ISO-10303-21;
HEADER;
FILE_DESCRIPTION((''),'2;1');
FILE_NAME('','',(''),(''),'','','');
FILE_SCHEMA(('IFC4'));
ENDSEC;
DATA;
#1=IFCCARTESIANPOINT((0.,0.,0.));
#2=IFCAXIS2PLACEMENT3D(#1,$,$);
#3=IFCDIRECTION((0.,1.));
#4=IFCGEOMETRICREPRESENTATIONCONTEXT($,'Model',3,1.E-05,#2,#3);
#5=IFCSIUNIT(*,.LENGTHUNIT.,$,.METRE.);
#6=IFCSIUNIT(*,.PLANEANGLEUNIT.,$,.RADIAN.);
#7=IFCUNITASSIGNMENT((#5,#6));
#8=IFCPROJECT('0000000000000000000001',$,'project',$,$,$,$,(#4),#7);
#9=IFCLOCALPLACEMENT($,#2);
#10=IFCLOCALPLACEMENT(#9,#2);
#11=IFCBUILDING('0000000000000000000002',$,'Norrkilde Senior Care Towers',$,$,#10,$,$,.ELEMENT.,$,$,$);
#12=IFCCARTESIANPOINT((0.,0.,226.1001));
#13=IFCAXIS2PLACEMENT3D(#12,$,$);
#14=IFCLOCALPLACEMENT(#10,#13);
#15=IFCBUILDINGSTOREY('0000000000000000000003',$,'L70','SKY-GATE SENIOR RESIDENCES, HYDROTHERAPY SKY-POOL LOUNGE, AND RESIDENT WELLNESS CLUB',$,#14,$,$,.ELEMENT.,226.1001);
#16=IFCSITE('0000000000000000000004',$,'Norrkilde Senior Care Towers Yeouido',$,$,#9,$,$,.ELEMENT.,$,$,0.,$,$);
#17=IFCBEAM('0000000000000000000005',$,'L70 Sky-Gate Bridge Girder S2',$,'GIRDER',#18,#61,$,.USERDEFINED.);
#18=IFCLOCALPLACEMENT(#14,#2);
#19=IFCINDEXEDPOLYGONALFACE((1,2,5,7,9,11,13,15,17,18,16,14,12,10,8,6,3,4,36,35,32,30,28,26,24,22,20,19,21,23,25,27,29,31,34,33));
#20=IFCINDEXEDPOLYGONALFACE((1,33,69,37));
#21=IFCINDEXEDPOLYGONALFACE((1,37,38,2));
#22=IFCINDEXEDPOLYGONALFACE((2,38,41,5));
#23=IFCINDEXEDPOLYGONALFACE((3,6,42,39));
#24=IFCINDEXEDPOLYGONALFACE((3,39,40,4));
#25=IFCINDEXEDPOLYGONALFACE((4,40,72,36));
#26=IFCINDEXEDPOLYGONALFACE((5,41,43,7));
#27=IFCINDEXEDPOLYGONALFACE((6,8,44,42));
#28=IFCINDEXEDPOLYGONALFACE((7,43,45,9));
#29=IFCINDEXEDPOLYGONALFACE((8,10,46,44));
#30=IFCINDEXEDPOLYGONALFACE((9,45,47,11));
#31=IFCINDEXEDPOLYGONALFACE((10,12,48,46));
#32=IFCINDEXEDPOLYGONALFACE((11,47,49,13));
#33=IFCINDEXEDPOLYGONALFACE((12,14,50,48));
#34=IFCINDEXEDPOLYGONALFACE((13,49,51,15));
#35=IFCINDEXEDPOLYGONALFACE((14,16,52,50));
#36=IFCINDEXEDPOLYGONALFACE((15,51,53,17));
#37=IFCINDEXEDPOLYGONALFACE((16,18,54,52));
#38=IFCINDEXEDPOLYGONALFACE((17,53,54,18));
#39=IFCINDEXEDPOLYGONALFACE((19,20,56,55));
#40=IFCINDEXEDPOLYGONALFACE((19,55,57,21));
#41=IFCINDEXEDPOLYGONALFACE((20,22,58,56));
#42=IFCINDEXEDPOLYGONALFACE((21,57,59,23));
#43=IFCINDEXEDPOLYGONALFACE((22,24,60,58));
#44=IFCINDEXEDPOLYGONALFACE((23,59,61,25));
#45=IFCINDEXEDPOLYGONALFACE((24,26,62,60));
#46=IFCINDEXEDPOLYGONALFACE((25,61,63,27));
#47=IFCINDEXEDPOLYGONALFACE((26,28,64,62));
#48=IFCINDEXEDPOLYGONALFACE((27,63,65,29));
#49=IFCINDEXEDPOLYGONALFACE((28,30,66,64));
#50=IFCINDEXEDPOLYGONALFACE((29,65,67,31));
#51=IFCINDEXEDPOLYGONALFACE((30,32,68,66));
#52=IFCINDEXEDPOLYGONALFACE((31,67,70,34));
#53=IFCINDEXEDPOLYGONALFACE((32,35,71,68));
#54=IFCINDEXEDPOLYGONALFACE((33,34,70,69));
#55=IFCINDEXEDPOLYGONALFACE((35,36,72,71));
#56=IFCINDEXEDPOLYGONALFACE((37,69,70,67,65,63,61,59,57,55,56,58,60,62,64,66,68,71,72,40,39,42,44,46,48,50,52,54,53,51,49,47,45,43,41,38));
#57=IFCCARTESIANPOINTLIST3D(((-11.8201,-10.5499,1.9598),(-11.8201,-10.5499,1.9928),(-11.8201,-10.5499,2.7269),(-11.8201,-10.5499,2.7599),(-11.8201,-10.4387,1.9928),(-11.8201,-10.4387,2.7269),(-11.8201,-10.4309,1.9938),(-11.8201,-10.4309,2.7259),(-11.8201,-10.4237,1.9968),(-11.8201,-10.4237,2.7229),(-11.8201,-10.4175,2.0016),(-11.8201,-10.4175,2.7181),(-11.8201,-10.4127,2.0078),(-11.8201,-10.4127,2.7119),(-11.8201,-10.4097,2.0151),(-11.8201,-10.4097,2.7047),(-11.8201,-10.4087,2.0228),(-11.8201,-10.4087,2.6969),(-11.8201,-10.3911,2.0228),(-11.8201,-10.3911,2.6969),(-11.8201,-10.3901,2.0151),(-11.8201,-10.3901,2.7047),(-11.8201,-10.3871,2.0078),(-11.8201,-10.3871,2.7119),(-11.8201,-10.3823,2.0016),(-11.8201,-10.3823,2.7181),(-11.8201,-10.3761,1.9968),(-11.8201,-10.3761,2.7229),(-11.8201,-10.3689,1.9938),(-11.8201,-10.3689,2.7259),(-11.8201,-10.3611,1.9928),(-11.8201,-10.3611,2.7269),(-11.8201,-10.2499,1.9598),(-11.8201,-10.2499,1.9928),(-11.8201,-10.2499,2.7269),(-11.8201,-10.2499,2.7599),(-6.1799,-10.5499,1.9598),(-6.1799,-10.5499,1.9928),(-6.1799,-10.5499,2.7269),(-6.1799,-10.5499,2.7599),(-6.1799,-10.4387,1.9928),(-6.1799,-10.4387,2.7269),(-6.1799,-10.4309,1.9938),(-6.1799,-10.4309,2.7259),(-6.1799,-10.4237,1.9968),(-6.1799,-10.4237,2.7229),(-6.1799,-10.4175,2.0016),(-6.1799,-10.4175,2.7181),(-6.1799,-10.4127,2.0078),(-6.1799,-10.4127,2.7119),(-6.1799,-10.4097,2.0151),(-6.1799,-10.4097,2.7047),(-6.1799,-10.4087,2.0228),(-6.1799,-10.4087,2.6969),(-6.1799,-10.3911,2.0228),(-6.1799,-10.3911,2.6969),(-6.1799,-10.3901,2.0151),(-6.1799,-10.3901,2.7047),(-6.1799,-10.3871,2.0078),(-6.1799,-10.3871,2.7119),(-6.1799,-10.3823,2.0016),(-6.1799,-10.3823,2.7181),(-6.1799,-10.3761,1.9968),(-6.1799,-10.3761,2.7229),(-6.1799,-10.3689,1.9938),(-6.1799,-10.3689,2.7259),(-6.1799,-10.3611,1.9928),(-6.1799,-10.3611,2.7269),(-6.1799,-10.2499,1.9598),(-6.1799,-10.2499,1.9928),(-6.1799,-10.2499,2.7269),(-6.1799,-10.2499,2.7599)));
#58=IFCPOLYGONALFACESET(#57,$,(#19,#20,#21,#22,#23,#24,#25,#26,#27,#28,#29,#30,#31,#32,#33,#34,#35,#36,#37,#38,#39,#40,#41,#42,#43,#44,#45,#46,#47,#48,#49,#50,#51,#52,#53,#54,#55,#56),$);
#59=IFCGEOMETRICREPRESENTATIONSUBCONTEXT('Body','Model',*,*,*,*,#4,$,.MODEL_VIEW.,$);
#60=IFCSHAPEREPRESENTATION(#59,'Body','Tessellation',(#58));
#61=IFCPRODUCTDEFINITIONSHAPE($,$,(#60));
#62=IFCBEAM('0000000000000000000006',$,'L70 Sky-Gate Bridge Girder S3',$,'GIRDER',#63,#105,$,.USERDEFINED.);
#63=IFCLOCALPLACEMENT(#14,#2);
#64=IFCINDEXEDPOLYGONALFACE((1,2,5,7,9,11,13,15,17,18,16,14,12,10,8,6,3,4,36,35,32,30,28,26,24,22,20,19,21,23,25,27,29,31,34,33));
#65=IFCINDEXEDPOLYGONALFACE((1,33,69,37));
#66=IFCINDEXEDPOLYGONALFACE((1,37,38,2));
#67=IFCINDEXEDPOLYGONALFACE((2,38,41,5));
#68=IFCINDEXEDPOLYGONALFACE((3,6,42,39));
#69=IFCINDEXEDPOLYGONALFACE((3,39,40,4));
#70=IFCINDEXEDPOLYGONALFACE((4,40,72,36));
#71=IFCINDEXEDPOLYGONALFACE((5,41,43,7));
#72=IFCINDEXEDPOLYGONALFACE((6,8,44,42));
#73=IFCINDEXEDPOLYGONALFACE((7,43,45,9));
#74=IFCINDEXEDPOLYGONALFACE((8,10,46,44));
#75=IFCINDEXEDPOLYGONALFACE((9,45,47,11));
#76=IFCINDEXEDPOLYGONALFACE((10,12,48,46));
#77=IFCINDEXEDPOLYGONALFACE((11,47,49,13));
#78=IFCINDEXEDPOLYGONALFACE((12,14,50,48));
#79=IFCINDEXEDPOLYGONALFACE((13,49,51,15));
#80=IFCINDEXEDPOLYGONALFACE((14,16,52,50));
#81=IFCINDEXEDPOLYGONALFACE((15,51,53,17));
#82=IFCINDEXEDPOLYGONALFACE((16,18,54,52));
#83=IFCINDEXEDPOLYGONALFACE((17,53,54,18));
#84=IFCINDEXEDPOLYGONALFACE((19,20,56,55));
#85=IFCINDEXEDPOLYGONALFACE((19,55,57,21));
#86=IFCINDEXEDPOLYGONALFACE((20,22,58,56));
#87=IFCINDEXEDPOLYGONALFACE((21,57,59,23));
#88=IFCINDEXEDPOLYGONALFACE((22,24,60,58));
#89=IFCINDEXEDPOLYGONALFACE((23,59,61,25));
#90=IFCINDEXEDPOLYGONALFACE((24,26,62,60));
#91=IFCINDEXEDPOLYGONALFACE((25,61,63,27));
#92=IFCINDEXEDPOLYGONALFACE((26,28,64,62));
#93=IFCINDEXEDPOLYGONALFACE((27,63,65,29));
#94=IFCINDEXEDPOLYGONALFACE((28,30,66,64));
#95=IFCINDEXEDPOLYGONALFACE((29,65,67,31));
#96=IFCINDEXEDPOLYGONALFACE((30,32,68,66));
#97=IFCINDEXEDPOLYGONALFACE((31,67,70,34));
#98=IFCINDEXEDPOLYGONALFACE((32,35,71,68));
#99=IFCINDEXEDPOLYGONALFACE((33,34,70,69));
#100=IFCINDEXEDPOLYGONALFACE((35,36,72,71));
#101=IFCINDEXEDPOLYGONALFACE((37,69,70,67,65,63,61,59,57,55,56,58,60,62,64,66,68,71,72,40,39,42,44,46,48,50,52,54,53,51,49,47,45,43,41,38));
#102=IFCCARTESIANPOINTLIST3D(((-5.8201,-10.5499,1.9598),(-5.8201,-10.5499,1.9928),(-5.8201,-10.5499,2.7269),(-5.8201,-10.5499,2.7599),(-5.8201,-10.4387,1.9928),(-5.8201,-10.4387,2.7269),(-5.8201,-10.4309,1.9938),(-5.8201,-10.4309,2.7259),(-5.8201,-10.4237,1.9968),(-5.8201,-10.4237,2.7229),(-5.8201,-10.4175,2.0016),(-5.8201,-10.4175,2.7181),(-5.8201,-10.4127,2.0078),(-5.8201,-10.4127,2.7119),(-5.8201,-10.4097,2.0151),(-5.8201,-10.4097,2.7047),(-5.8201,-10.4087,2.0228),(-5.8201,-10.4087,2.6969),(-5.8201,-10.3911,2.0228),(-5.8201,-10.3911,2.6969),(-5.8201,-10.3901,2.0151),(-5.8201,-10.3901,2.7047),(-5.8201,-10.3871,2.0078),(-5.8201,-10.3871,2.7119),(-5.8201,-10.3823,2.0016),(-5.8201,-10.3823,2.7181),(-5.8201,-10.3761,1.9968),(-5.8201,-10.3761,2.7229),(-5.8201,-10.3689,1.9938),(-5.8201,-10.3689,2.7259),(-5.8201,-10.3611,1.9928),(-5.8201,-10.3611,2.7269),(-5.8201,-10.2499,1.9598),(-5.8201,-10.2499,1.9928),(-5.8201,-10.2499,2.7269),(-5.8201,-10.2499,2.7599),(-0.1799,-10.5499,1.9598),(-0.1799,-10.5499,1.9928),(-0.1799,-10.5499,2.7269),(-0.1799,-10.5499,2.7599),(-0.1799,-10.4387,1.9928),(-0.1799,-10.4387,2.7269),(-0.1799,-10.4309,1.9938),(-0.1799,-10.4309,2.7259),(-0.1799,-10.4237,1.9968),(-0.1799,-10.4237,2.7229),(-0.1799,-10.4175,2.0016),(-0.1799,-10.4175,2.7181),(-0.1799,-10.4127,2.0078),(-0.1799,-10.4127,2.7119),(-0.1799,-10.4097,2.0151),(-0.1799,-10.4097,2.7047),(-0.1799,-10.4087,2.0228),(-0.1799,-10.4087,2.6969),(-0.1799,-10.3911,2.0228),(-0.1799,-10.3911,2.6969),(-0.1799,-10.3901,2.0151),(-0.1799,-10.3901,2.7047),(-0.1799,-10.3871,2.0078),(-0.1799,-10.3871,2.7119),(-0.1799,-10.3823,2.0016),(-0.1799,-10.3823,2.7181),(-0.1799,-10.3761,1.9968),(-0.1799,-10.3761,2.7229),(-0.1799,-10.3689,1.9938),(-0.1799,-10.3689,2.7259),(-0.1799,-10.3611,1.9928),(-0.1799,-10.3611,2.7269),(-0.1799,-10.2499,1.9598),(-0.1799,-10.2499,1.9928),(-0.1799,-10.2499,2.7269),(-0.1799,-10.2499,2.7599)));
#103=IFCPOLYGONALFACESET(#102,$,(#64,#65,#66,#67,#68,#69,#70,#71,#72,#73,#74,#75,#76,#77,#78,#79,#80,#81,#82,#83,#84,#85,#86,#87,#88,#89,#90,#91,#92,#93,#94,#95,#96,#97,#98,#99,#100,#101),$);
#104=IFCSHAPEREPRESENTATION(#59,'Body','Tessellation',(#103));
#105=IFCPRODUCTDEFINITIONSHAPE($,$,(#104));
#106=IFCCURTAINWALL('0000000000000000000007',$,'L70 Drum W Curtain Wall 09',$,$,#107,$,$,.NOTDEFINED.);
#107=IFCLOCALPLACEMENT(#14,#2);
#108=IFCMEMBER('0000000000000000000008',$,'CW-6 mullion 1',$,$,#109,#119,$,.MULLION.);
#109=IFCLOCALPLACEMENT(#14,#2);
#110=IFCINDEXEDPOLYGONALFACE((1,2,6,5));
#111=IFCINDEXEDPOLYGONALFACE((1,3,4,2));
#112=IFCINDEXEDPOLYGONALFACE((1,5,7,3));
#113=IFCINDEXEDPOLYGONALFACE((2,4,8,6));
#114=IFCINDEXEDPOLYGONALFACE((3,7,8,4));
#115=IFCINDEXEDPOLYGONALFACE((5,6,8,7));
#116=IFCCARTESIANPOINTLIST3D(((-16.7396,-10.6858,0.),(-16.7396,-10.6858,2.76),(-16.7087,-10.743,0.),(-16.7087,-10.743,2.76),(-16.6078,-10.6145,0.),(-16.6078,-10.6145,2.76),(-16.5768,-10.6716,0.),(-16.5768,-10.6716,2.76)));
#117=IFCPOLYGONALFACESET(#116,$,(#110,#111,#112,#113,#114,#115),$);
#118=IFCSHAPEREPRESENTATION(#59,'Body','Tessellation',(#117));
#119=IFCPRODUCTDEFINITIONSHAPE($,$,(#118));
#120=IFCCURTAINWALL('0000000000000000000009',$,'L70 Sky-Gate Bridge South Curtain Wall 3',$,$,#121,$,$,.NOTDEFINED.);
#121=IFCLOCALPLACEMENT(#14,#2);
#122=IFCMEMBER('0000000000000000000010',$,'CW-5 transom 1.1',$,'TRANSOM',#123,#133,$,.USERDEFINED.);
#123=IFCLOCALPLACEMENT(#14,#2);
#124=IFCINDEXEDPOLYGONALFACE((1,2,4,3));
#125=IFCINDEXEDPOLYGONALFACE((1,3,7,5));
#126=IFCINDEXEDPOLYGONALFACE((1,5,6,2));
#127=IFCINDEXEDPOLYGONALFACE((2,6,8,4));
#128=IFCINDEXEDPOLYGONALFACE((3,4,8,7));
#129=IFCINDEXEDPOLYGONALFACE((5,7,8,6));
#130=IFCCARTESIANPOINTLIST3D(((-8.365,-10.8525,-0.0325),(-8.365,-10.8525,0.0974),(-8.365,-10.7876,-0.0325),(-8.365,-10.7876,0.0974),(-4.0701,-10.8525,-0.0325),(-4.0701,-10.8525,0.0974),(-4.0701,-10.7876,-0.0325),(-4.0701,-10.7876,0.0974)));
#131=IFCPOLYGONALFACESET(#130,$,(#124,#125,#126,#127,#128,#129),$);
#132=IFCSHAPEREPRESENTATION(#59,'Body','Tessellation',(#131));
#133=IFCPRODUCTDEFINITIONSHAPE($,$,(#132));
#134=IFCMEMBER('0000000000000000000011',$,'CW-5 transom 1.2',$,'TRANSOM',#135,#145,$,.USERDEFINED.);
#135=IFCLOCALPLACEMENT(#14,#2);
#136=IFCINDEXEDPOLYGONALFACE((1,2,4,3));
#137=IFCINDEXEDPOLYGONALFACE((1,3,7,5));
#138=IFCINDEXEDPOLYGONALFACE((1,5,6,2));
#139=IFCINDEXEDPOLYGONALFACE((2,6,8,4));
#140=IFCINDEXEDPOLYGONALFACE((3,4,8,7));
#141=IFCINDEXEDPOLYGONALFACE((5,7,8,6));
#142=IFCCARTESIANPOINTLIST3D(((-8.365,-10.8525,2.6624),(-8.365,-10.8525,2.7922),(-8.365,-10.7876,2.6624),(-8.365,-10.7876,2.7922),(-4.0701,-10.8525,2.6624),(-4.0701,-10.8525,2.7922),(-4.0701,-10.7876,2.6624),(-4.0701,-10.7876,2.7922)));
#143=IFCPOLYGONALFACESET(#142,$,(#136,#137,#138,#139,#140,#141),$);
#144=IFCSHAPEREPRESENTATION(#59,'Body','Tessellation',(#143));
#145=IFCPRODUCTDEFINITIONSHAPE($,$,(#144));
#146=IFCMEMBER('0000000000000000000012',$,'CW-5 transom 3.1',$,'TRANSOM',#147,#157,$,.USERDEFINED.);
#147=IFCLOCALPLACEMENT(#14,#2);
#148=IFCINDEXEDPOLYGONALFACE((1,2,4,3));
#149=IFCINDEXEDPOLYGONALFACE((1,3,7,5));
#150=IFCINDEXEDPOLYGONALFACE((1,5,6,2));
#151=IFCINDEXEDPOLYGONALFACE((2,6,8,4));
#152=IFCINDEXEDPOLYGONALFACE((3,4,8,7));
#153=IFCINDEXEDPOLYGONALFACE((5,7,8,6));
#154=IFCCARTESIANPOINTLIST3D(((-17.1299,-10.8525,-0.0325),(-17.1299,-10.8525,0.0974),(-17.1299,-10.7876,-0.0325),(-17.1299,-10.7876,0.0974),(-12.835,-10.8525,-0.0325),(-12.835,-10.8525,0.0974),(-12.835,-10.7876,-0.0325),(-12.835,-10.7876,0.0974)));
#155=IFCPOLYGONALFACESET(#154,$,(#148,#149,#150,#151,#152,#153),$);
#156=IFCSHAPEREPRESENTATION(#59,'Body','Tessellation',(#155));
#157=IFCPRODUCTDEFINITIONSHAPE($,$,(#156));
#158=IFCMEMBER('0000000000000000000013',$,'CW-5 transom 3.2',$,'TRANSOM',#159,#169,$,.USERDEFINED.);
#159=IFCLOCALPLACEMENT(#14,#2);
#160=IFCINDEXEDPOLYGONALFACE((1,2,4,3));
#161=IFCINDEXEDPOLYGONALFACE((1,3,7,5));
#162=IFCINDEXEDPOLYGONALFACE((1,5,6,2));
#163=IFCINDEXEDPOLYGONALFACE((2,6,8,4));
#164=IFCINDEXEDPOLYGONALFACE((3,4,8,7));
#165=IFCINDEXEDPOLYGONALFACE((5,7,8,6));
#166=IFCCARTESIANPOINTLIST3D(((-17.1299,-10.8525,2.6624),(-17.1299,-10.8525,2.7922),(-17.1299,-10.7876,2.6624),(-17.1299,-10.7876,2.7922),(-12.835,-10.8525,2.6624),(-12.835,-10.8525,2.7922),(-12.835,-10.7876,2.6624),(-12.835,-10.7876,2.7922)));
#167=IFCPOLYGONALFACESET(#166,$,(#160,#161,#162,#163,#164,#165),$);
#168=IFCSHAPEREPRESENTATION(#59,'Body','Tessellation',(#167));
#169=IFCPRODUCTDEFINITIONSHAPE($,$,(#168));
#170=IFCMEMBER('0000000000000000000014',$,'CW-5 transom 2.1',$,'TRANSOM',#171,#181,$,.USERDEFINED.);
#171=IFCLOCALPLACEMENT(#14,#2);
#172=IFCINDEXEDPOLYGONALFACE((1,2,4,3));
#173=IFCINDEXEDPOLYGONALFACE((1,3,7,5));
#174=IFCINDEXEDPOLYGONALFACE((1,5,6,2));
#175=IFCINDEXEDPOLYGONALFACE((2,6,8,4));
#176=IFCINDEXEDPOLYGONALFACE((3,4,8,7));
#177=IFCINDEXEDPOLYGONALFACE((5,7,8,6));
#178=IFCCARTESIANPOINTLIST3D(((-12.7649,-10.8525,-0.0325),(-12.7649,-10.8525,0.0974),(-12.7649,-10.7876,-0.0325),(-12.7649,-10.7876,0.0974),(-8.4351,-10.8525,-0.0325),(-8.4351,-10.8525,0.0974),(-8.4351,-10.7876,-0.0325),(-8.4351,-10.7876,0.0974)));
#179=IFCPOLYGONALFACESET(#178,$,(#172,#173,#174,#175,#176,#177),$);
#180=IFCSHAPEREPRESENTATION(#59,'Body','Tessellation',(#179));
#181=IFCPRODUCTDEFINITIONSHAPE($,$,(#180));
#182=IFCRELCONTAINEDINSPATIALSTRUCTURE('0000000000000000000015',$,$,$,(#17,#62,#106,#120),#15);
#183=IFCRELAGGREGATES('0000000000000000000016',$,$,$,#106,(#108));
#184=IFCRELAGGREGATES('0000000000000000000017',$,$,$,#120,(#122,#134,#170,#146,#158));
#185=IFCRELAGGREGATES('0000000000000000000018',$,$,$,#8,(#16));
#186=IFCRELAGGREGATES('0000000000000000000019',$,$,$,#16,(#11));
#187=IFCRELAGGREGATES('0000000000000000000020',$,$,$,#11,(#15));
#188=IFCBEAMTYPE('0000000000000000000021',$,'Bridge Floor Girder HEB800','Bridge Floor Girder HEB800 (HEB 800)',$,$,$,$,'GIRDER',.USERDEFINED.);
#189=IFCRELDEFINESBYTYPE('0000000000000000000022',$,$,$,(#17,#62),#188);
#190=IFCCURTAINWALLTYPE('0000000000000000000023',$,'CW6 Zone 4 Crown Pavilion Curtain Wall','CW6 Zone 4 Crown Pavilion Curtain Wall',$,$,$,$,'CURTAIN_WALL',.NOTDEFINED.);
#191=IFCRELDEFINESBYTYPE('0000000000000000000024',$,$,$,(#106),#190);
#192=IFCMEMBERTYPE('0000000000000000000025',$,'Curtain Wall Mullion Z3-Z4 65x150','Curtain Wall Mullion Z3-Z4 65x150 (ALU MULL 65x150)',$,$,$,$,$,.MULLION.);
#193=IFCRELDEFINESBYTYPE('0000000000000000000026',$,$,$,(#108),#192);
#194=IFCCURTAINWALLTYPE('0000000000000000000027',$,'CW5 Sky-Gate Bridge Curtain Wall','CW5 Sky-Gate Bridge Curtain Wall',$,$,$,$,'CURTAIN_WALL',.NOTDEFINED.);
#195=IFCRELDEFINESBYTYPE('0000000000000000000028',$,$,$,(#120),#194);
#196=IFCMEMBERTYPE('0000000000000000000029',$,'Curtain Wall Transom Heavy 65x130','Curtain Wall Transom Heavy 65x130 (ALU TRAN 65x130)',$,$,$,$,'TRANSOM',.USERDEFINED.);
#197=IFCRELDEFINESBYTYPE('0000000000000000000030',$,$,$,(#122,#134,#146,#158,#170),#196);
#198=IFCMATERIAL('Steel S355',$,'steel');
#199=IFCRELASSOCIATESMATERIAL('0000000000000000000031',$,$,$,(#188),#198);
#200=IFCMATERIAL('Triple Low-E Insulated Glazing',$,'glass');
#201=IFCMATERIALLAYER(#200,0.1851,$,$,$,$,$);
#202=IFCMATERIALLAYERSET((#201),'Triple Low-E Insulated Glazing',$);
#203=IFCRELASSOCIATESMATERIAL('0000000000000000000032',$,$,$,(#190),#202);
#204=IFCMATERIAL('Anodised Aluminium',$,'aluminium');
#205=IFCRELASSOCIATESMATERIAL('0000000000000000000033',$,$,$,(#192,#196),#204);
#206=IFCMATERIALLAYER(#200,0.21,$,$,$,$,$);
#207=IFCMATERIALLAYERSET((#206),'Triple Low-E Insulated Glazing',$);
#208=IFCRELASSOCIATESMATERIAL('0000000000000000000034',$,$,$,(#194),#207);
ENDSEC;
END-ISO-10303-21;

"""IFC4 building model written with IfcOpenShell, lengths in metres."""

from ifc_helpers import new_model, si_unit, direction, frame, origin, origin_2d, place, context, subcontext, project, spatial, rectangle, i_section, extrude, source, transform, mapped, material, layer, layer_set, material_profile, profile_set, type_object, type_shapes, element, aggregate, save


model = new_model("IFC4")

# Units and contexts
model_context = context("Model", 3, precision=1e-05, world=origin(), true_north=direction((0.0, 1.0)))
body_context = subcontext(model_context, "Body", "Model", "MODEL_VIEW")
ifc_project = project(units=[si_unit("LENGTHUNIT", "METRE"), si_unit("PLANEANGLEUNIT", "RADIAN")], contexts=[model_context])

# Site, building, storey
site_placement = place(None, origin())
site = spatial("IfcSite", under=ifc_project, at=site_placement, Name="Norrkilde Senior Care Towers Yeouido", CompositionType="ELEMENT", RefElevation=0.0)
building_placement = place(site_placement, origin())
building = spatial("IfcBuilding", under=site, at=building_placement, Name="Norrkilde Senior Care Towers", CompositionType="ELEMENT")
storey_placement = place(building_placement, frame((0.0, 0.0, 226.1001)))
storey = spatial("IfcBuildingStorey", under=building, at=storey_placement, Name="L70", Description="SKY-GATE SENIOR RESIDENCES, HYDROTHERAPY SKY-POOL LOUNGE, AND RESIDENT WELLNESS CLUB", CompositionType="ELEMENT", Elevation=226.1001)

# Shared definitions
ifc_material_1 = material(Name="Steel S355", Category="steel")

# Beams
ifc_material_profile_1 = material_profile(ifc_material_1, i_section(OverallWidth=0.3, OverallDepth=0.8, WebThickness=0.0176, FlangeThickness=0.033, FilletRadius=0.03, at=origin_2d()), Name="HEB 800")
ifc_profile_set_1 = profile_set([ifc_material_profile_1], Name="Steel S355")
beam_type_1 = type_object("IfcBeamType", Name="Bridge Floor Girder HEB800", Description="Bridge Floor Girder HEB800 (HEB 800)", ElementType="GIRDER", PredefinedType="USERDEFINED", material=ifc_profile_set_1)
shared_shape_1 = source(origin(), body_context, "Body", "SweptSolid", [
    extrude(i_section(OverallWidth=0.3, OverallDepth=0.8, WebThickness=0.0176, FlangeThickness=0.033, FilletRadius=0.03, at=origin_2d()), origin(), (0.0, 0.0, 1.0), 5.6401),
])
type_shapes(beam_type_1, [shared_shape_1])
for number, where, z_axis, x_axis, name in (
    (1, (-11.8201, -10.3999, 2.3599), (1.0, 0.0, 0.0), (0.0, 1.0, 0.0), "L70 Sky-Gate Bridge Girder S2"),
    (2, (-5.8201, -10.3999, 2.3599), (1.0, 0.0, 0.0), (0.0, 1.0, 0.0), "L70 Sky-Gate Bridge Girder S3"),
):
    element("IfcBeam", number, at=place(storey_placement, frame(where, z_axis=z_axis, x_axis=x_axis)), inside=storey, type_object=beam_type_1, Name=name, ObjectType="GIRDER", PredefinedType="USERDEFINED", context=body_context, shape_type="MappedRepresentation", body=[
        mapped(shared_shape_1, transform((0.0, 0.0, 0.0), x_axis=(1.0, 0.0, 0.0), y_axis=(0.0, 1.0, 0.0), z_axis=(0.0, 0.0, 1.0), scale=1.0)),
    ])

# Curtain wall, member
ifc_material_2 = material(Name="Triple Low-E Insulated Glazing", Category="glass")
ifc_layer_1 = layer(ifc_material_2, 0.1851)
ifc_layer_set_1 = layer_set([ifc_layer_1], Name="Triple Low-E Insulated Glazing")
curtain_wall_type_1 = type_object("IfcCurtainWallType", Name="CW6 Zone 4 Crown Pavilion Curtain Wall", Description="CW6 Zone 4 Crown Pavilion Curtain Wall", ElementType="CURTAIN_WALL", PredefinedType="NOTDEFINED", material=ifc_layer_set_1)
curtain_wall_1_placement = place(storey_placement, origin())
curtain_wall_1 = element("IfcCurtainWall", 3, at=curtain_wall_1_placement, inside=storey, type_object=curtain_wall_type_1, Name="L70 Drum W Curtain Wall 09", PredefinedType="NOTDEFINED")
ifc_material_3 = material(Name="Anodised Aluminium", Category="aluminium")
ifc_material_profile_2 = material_profile(ifc_material_3, rectangle(XDim=0.0649, YDim=0.1499, at=origin_2d()), Name="ALU MULL 65x150")
ifc_profile_set_2 = profile_set([ifc_material_profile_2], Name="Anodised Aluminium")
member_type_1 = type_object("IfcMemberType", Name="Curtain Wall Mullion Z3-Z4 65x150", Description="Curtain Wall Mullion Z3-Z4 65x150 (ALU MULL 65x150)", PredefinedType="MULLION", material=ifc_profile_set_2)
shared_shape_2 = source(origin(), body_context, "Body", "SweptSolid", [
    extrude(rectangle(XDim=0.0649, YDim=0.1499, at=origin_2d()), origin(), (0.0, 0.0, 1.0), 2.76),
])
type_shapes(member_type_1, [shared_shape_2])
member_1_placement = place(storey_placement, frame((-16.6582, -10.6787, 0.0), z_axis=(0.0, 0.0, 1.0), x_axis=(0.476133, -0.879373, 0.0)))
member_1 = element("IfcMember", 4, at=member_1_placement, type_object=member_type_1, Name="CW-6 mullion 1", PredefinedType="MULLION", context=body_context, shape_type="MappedRepresentation", body=[
    mapped(shared_shape_2, transform((0.0, 0.0, 0.0), x_axis=(1.0, 0.0, 0.0), y_axis=(0.0, 1.0, 0.0), z_axis=(0.0, 0.0, 1.0), scale=1.0)),
])
aggregate(curtain_wall_1, [member_1])

# Curtain wall, members
ifc_layer_2 = layer(ifc_material_2, 0.21)
ifc_layer_set_2 = layer_set([ifc_layer_2], Name="Triple Low-E Insulated Glazing")
curtain_wall_type_2 = type_object("IfcCurtainWallType", Name="CW5 Sky-Gate Bridge Curtain Wall", Description="CW5 Sky-Gate Bridge Curtain Wall", ElementType="CURTAIN_WALL", PredefinedType="NOTDEFINED", material=ifc_layer_set_2)
curtain_wall_2_placement = place(storey_placement, origin())
curtain_wall_2 = element("IfcCurtainWall", 5, at=curtain_wall_2_placement, inside=storey, type_object=curtain_wall_type_2, Name="L70 Sky-Gate Bridge South Curtain Wall 3", PredefinedType="NOTDEFINED")
ifc_material_profile_3 = material_profile(ifc_material_3, rectangle(XDim=0.0649, YDim=0.1299, at=origin_2d()), Name="ALU TRAN 65x130")
ifc_profile_set_3 = profile_set([ifc_material_profile_3], Name="Anodised Aluminium")
member_type_2 = type_object("IfcMemberType", Name="Curtain Wall Transom Heavy 65x130", Description="Curtain Wall Transom Heavy 65x130 (ALU TRAN 65x130)", ElementType="TRANSOM", PredefinedType="USERDEFINED", material=ifc_profile_set_3)
shared_shape_3 = source(origin(), body_context, "Body", "SweptSolid", [
    extrude(rectangle(XDim=0.0649, YDim=0.1299, at=origin_2d()), origin(), (0.0, 0.0, 1.0), 4.2949),
])
member_2_placement = place(storey_placement, frame((-4.0701, -10.8201, 0.0325), z_axis=(-1.0, 0.0, 0.0), x_axis=(0.0, -1.0, 0.0)))
member_2 = element("IfcMember", 6, at=member_2_placement, type_object=member_type_2, Name="CW-5 transom 1.1", ObjectType="TRANSOM", PredefinedType="USERDEFINED", context=body_context, shape_type="MappedRepresentation", body=[
    mapped(shared_shape_3, transform((0.0, 0.0, 0.0), x_axis=(1.0, 0.0, 0.0), y_axis=(0.0, 1.0, 0.0), z_axis=(0.0, 0.0, 1.0), scale=1.0)),
])
member_3_placement = place(storey_placement, frame((-4.0701, -10.8201, 2.7273), z_axis=(-1.0, 0.0, 0.0), x_axis=(0.0, -1.0, 0.0)))
member_3 = element("IfcMember", 7, at=member_3_placement, type_object=member_type_2, Name="CW-5 transom 1.2", ObjectType="TRANSOM", PredefinedType="USERDEFINED", context=body_context, shape_type="MappedRepresentation", body=[
    mapped(shared_shape_3, transform((0.0, 0.0, 0.0), x_axis=(1.0, 0.0, 0.0), y_axis=(0.0, 1.0, 0.0), z_axis=(0.0, 0.0, 1.0), scale=1.0)),
])
member_4_placement = place(storey_placement, frame((-12.835, -10.8201, 0.0325), z_axis=(-1.0, 0.0, 0.0), x_axis=(0.0, -1.0, 0.0)))
member_4 = element("IfcMember", 8, at=member_4_placement, type_object=member_type_2, Name="CW-5 transom 3.1", ObjectType="TRANSOM", PredefinedType="USERDEFINED", context=body_context, shape_type="MappedRepresentation", body=[
    mapped(shared_shape_3, transform((0.0, 0.0, 0.0), x_axis=(1.0, 0.0, 0.0), y_axis=(0.0, 1.0, 0.0), z_axis=(0.0, 0.0, 1.0), scale=1.0)),
])
member_5_placement = place(storey_placement, frame((-12.835, -10.8201, 2.7273), z_axis=(-1.0, 0.0, 0.0), x_axis=(0.0, -1.0, 0.0)))
member_5 = element("IfcMember", 9, at=member_5_placement, type_object=member_type_2, Name="CW-5 transom 3.2", ObjectType="TRANSOM", PredefinedType="USERDEFINED", context=body_context, shape_type="MappedRepresentation", body=[
    mapped(shared_shape_3, transform((0.0, 0.0, 0.0), x_axis=(1.0, 0.0, 0.0), y_axis=(0.0, 1.0, 0.0), z_axis=(0.0, 0.0, 1.0), scale=1.0)),
])
shared_shape_4 = source(origin(), body_context, "Body", "SweptSolid", [
    extrude(rectangle(XDim=0.0649, YDim=0.1299, at=origin_2d()), origin(), (0.0, 0.0, 1.0), 4.3298),
])
member_6_placement = place(storey_placement, frame((-8.4351, -10.8201, 0.0325), z_axis=(-1.0, 0.0, 0.0), x_axis=(0.0, -1.0, 0.0)))
member_6 = element("IfcMember", 10, at=member_6_placement, type_object=member_type_2, Name="CW-5 transom 2.1", ObjectType="TRANSOM", PredefinedType="USERDEFINED", context=body_context, shape_type="MappedRepresentation", body=[
    mapped(shared_shape_4, transform((0.0, 0.0, 0.0), x_axis=(1.0, 0.0, 0.0), y_axis=(0.0, 1.0, 0.0), z_axis=(0.0, 0.0, 1.0), scale=1.0)),
])

aggregate(curtain_wall_2, [member_2, member_3, member_6, member_4, member_5])

save(model, "model.ifc")
